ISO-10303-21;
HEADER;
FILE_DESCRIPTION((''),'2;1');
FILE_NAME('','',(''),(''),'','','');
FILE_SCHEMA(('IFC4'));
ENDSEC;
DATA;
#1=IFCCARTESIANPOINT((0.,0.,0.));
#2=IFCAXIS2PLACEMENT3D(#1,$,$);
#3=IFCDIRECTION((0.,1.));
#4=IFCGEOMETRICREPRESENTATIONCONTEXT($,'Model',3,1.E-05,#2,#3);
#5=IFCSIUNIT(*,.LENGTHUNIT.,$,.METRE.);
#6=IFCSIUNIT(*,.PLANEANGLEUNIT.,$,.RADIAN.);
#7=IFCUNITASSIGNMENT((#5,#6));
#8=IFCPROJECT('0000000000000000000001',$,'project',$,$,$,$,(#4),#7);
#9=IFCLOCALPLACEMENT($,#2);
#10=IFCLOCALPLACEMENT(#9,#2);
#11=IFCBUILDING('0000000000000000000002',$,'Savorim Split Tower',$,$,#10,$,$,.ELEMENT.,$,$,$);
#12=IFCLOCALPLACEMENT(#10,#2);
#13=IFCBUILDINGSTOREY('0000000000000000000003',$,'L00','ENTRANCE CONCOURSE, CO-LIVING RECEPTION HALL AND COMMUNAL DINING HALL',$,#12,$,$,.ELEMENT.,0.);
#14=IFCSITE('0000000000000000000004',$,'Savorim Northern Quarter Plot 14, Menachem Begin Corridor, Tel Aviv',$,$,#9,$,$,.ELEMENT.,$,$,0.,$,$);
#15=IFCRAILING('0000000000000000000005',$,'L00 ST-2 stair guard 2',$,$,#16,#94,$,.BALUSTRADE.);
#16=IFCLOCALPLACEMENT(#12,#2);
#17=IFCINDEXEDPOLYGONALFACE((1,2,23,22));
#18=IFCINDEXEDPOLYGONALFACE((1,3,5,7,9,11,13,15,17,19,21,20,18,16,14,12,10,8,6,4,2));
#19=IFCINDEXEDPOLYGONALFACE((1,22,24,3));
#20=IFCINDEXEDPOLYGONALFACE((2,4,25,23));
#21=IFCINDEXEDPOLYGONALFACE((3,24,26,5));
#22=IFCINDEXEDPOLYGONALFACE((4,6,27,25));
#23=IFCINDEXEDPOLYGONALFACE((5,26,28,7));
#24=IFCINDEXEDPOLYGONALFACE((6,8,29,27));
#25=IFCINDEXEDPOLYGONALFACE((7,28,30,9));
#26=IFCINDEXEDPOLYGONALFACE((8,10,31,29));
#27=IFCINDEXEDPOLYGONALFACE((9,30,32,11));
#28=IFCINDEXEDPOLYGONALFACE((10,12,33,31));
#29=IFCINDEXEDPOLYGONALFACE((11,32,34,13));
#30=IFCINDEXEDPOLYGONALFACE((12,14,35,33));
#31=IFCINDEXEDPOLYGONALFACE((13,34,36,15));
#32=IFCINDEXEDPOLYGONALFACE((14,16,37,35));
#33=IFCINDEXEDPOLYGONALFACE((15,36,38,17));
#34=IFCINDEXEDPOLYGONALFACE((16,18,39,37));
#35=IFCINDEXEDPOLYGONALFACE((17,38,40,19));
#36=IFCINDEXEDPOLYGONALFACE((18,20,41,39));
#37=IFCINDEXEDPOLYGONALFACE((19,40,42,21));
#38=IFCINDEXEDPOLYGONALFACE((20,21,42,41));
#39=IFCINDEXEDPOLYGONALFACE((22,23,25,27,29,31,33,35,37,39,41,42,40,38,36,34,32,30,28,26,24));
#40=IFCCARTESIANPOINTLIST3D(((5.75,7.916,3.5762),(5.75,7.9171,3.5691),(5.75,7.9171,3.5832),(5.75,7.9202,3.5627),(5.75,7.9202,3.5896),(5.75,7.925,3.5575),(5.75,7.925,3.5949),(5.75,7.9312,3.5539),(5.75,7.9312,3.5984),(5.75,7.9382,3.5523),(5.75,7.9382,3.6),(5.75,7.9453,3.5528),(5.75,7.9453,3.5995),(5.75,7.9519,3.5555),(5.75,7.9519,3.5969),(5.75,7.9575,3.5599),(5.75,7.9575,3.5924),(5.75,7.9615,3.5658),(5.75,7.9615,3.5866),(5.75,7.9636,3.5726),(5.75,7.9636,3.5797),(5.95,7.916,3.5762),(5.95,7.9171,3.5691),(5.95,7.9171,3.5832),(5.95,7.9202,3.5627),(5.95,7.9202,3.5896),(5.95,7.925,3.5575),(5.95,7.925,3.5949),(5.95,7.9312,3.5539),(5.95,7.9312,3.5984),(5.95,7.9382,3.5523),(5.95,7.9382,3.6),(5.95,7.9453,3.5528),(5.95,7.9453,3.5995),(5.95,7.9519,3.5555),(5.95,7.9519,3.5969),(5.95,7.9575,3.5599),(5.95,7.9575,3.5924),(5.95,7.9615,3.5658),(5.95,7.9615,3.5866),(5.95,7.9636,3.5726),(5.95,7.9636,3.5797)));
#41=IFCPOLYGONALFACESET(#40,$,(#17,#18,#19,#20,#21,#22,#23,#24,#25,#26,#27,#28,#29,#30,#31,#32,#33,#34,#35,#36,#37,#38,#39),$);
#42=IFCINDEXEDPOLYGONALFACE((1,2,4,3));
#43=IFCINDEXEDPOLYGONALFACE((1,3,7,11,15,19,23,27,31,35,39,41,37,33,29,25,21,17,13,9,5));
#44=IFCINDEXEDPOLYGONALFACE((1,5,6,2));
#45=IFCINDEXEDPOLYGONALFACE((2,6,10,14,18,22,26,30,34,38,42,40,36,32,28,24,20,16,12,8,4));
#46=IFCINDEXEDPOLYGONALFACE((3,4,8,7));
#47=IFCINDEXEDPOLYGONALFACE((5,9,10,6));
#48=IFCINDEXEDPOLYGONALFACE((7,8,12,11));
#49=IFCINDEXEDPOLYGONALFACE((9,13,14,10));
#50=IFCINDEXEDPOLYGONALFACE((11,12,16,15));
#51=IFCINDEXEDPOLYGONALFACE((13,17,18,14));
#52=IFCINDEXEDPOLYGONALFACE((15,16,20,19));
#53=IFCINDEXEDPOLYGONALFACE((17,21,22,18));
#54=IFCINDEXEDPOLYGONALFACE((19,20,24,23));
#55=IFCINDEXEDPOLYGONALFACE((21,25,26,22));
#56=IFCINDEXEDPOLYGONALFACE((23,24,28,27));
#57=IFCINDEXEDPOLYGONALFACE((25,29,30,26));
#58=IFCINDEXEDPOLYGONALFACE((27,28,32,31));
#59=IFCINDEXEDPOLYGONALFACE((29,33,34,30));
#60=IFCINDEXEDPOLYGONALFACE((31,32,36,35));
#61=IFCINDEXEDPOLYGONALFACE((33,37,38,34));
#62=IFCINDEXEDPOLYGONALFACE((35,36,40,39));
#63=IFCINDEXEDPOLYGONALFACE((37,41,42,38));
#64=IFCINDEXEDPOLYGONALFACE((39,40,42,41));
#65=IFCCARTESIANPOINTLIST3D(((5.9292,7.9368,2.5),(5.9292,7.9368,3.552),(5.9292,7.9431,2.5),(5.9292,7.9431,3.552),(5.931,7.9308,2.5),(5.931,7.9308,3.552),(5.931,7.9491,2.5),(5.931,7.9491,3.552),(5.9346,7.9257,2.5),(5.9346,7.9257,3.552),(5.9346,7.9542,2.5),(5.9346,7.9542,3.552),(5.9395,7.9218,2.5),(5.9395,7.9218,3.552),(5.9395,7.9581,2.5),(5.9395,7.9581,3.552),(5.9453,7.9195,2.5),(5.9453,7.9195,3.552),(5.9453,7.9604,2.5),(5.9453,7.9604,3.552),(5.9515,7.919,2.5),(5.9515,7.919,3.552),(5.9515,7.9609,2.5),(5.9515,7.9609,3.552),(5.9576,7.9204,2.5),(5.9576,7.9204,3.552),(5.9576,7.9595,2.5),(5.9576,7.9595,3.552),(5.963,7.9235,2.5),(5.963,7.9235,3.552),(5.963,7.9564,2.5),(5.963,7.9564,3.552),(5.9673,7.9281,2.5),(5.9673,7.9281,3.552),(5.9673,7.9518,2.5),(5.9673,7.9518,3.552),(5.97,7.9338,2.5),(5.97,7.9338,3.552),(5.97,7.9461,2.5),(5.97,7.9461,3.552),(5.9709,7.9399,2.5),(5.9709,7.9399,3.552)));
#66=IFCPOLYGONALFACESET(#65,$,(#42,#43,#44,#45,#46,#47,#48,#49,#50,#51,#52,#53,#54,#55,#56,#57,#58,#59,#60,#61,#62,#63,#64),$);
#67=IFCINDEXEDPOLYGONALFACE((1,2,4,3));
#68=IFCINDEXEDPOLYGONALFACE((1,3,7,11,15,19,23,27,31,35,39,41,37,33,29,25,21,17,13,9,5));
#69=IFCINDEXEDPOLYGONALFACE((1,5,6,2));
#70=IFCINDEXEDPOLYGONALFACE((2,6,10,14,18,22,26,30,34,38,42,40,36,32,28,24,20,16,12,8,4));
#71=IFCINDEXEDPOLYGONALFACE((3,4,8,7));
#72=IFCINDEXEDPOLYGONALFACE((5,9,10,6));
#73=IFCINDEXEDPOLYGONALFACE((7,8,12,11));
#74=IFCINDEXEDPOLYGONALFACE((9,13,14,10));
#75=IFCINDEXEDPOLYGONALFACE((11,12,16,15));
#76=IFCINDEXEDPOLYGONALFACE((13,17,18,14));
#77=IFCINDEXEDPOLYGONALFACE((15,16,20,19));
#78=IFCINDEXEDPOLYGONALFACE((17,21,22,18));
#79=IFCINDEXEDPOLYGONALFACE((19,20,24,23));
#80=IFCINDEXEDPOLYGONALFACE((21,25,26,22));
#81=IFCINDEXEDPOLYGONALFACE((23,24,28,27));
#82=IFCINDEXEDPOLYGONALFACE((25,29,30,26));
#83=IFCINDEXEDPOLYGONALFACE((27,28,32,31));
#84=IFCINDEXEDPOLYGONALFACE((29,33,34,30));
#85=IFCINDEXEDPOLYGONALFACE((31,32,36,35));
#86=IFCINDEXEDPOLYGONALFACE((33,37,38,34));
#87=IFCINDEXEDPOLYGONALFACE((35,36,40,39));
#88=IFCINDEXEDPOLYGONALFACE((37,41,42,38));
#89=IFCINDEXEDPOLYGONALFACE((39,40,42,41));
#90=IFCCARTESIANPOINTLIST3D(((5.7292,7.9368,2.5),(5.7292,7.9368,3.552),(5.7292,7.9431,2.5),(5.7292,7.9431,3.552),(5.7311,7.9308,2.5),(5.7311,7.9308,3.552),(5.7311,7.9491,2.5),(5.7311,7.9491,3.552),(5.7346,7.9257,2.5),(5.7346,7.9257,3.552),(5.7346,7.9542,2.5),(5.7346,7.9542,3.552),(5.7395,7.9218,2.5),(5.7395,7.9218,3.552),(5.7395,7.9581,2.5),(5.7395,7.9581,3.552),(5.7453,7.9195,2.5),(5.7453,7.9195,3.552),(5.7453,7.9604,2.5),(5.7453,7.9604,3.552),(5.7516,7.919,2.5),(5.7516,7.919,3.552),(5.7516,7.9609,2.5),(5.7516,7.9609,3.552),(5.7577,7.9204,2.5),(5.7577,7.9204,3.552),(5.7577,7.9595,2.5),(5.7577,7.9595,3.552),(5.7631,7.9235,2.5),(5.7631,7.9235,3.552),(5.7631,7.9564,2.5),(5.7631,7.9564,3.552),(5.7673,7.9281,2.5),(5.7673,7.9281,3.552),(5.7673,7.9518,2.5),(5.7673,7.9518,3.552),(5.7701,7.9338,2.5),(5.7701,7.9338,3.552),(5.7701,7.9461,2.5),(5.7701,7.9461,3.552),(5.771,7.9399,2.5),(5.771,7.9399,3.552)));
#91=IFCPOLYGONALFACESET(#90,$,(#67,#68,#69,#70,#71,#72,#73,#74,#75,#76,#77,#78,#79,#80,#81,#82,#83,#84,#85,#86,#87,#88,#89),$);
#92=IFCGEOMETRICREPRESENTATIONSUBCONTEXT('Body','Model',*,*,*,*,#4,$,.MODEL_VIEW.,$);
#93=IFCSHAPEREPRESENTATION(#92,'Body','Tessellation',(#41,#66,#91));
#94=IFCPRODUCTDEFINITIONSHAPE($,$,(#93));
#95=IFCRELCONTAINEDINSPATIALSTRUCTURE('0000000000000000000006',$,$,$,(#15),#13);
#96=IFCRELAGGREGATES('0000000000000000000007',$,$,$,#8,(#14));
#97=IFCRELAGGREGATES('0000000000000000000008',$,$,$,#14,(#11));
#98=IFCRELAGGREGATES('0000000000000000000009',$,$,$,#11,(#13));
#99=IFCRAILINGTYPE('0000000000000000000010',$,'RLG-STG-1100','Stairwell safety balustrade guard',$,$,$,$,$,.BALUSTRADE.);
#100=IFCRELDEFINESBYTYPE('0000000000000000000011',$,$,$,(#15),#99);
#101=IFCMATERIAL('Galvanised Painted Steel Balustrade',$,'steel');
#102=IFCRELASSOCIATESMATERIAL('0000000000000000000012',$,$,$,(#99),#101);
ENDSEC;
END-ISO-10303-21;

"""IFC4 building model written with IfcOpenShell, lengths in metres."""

from ifc_helpers import new_model, si_unit, direction, frame, origin, origin_2d, place, context, subcontext, project, spatial, circle, extrude, material, type_object, element, save


model = new_model("IFC4")

# Units and contexts
model_context = context("Model", 3, precision=1e-05, world=origin(), true_north=direction((0.0, 1.0)))
body_context = subcontext(model_context, "Body", "Model", "MODEL_VIEW")
ifc_project = project(units=[si_unit("LENGTHUNIT", "METRE"), si_unit("PLANEANGLEUNIT", "RADIAN")], contexts=[model_context])

# Site, building, storey
site_placement = place(None, origin())
site = spatial("IfcSite", under=ifc_project, at=site_placement, Name="Savorim Northern Quarter Plot 14, Menachem Begin Corridor, Tel Aviv", CompositionType="ELEMENT", RefElevation=0.0)
building_placement = place(site_placement, origin())
building = spatial("IfcBuilding", under=site, at=building_placement, Name="Savorim Split Tower", CompositionType="ELEMENT")
storey_placement = place(building_placement, origin())
storey = spatial("IfcBuildingStorey", under=building, at=storey_placement, Name="L00", Description="ENTRANCE CONCOURSE, CO-LIVING RECEPTION HALL AND COMMUNAL DINING HALL", CompositionType="ELEMENT", Elevation=0.0)

# Railing
ifc_material_1 = material(Name="Galvanised Painted Steel Balustrade", Category="steel")
railing_type_1 = type_object("IfcRailingType", Name="RLG-STG-1100", Description="Stairwell safety balustrade guard", PredefinedType="BALUSTRADE", material=ifc_material_1)
railing_1_placement = place(storey_placement, frame((5.95, 7.9399, 2.5)))
element("IfcRailing", 1, at=railing_1_placement, inside=storey, type_object=railing_type_1, Name="L00 ST-2 stair guard 2", PredefinedType="BALUSTRADE", context=body_context, shape_type="SweptSolid", body=[
    extrude(circle(Radius=0.0239, at=origin_2d()), frame((0.0, 0.0, 1.0762), z_axis=(-1.0, 0.0, 0.0), x_axis=(0.0, -1.0, 0.0)), (0.0, 0.0, 1.0), 0.2),
    extrude(circle(Radius=0.021, at=origin_2d()), origin(), (0.0, 0.0, 1.0), 1.052),
    extrude(circle(Radius=0.021, at=origin_2d()), frame((-0.2, 0.0, 0.0)), (0.0, 0.0, 1.0), 1.052),
])

save(model, "model.ifc")
